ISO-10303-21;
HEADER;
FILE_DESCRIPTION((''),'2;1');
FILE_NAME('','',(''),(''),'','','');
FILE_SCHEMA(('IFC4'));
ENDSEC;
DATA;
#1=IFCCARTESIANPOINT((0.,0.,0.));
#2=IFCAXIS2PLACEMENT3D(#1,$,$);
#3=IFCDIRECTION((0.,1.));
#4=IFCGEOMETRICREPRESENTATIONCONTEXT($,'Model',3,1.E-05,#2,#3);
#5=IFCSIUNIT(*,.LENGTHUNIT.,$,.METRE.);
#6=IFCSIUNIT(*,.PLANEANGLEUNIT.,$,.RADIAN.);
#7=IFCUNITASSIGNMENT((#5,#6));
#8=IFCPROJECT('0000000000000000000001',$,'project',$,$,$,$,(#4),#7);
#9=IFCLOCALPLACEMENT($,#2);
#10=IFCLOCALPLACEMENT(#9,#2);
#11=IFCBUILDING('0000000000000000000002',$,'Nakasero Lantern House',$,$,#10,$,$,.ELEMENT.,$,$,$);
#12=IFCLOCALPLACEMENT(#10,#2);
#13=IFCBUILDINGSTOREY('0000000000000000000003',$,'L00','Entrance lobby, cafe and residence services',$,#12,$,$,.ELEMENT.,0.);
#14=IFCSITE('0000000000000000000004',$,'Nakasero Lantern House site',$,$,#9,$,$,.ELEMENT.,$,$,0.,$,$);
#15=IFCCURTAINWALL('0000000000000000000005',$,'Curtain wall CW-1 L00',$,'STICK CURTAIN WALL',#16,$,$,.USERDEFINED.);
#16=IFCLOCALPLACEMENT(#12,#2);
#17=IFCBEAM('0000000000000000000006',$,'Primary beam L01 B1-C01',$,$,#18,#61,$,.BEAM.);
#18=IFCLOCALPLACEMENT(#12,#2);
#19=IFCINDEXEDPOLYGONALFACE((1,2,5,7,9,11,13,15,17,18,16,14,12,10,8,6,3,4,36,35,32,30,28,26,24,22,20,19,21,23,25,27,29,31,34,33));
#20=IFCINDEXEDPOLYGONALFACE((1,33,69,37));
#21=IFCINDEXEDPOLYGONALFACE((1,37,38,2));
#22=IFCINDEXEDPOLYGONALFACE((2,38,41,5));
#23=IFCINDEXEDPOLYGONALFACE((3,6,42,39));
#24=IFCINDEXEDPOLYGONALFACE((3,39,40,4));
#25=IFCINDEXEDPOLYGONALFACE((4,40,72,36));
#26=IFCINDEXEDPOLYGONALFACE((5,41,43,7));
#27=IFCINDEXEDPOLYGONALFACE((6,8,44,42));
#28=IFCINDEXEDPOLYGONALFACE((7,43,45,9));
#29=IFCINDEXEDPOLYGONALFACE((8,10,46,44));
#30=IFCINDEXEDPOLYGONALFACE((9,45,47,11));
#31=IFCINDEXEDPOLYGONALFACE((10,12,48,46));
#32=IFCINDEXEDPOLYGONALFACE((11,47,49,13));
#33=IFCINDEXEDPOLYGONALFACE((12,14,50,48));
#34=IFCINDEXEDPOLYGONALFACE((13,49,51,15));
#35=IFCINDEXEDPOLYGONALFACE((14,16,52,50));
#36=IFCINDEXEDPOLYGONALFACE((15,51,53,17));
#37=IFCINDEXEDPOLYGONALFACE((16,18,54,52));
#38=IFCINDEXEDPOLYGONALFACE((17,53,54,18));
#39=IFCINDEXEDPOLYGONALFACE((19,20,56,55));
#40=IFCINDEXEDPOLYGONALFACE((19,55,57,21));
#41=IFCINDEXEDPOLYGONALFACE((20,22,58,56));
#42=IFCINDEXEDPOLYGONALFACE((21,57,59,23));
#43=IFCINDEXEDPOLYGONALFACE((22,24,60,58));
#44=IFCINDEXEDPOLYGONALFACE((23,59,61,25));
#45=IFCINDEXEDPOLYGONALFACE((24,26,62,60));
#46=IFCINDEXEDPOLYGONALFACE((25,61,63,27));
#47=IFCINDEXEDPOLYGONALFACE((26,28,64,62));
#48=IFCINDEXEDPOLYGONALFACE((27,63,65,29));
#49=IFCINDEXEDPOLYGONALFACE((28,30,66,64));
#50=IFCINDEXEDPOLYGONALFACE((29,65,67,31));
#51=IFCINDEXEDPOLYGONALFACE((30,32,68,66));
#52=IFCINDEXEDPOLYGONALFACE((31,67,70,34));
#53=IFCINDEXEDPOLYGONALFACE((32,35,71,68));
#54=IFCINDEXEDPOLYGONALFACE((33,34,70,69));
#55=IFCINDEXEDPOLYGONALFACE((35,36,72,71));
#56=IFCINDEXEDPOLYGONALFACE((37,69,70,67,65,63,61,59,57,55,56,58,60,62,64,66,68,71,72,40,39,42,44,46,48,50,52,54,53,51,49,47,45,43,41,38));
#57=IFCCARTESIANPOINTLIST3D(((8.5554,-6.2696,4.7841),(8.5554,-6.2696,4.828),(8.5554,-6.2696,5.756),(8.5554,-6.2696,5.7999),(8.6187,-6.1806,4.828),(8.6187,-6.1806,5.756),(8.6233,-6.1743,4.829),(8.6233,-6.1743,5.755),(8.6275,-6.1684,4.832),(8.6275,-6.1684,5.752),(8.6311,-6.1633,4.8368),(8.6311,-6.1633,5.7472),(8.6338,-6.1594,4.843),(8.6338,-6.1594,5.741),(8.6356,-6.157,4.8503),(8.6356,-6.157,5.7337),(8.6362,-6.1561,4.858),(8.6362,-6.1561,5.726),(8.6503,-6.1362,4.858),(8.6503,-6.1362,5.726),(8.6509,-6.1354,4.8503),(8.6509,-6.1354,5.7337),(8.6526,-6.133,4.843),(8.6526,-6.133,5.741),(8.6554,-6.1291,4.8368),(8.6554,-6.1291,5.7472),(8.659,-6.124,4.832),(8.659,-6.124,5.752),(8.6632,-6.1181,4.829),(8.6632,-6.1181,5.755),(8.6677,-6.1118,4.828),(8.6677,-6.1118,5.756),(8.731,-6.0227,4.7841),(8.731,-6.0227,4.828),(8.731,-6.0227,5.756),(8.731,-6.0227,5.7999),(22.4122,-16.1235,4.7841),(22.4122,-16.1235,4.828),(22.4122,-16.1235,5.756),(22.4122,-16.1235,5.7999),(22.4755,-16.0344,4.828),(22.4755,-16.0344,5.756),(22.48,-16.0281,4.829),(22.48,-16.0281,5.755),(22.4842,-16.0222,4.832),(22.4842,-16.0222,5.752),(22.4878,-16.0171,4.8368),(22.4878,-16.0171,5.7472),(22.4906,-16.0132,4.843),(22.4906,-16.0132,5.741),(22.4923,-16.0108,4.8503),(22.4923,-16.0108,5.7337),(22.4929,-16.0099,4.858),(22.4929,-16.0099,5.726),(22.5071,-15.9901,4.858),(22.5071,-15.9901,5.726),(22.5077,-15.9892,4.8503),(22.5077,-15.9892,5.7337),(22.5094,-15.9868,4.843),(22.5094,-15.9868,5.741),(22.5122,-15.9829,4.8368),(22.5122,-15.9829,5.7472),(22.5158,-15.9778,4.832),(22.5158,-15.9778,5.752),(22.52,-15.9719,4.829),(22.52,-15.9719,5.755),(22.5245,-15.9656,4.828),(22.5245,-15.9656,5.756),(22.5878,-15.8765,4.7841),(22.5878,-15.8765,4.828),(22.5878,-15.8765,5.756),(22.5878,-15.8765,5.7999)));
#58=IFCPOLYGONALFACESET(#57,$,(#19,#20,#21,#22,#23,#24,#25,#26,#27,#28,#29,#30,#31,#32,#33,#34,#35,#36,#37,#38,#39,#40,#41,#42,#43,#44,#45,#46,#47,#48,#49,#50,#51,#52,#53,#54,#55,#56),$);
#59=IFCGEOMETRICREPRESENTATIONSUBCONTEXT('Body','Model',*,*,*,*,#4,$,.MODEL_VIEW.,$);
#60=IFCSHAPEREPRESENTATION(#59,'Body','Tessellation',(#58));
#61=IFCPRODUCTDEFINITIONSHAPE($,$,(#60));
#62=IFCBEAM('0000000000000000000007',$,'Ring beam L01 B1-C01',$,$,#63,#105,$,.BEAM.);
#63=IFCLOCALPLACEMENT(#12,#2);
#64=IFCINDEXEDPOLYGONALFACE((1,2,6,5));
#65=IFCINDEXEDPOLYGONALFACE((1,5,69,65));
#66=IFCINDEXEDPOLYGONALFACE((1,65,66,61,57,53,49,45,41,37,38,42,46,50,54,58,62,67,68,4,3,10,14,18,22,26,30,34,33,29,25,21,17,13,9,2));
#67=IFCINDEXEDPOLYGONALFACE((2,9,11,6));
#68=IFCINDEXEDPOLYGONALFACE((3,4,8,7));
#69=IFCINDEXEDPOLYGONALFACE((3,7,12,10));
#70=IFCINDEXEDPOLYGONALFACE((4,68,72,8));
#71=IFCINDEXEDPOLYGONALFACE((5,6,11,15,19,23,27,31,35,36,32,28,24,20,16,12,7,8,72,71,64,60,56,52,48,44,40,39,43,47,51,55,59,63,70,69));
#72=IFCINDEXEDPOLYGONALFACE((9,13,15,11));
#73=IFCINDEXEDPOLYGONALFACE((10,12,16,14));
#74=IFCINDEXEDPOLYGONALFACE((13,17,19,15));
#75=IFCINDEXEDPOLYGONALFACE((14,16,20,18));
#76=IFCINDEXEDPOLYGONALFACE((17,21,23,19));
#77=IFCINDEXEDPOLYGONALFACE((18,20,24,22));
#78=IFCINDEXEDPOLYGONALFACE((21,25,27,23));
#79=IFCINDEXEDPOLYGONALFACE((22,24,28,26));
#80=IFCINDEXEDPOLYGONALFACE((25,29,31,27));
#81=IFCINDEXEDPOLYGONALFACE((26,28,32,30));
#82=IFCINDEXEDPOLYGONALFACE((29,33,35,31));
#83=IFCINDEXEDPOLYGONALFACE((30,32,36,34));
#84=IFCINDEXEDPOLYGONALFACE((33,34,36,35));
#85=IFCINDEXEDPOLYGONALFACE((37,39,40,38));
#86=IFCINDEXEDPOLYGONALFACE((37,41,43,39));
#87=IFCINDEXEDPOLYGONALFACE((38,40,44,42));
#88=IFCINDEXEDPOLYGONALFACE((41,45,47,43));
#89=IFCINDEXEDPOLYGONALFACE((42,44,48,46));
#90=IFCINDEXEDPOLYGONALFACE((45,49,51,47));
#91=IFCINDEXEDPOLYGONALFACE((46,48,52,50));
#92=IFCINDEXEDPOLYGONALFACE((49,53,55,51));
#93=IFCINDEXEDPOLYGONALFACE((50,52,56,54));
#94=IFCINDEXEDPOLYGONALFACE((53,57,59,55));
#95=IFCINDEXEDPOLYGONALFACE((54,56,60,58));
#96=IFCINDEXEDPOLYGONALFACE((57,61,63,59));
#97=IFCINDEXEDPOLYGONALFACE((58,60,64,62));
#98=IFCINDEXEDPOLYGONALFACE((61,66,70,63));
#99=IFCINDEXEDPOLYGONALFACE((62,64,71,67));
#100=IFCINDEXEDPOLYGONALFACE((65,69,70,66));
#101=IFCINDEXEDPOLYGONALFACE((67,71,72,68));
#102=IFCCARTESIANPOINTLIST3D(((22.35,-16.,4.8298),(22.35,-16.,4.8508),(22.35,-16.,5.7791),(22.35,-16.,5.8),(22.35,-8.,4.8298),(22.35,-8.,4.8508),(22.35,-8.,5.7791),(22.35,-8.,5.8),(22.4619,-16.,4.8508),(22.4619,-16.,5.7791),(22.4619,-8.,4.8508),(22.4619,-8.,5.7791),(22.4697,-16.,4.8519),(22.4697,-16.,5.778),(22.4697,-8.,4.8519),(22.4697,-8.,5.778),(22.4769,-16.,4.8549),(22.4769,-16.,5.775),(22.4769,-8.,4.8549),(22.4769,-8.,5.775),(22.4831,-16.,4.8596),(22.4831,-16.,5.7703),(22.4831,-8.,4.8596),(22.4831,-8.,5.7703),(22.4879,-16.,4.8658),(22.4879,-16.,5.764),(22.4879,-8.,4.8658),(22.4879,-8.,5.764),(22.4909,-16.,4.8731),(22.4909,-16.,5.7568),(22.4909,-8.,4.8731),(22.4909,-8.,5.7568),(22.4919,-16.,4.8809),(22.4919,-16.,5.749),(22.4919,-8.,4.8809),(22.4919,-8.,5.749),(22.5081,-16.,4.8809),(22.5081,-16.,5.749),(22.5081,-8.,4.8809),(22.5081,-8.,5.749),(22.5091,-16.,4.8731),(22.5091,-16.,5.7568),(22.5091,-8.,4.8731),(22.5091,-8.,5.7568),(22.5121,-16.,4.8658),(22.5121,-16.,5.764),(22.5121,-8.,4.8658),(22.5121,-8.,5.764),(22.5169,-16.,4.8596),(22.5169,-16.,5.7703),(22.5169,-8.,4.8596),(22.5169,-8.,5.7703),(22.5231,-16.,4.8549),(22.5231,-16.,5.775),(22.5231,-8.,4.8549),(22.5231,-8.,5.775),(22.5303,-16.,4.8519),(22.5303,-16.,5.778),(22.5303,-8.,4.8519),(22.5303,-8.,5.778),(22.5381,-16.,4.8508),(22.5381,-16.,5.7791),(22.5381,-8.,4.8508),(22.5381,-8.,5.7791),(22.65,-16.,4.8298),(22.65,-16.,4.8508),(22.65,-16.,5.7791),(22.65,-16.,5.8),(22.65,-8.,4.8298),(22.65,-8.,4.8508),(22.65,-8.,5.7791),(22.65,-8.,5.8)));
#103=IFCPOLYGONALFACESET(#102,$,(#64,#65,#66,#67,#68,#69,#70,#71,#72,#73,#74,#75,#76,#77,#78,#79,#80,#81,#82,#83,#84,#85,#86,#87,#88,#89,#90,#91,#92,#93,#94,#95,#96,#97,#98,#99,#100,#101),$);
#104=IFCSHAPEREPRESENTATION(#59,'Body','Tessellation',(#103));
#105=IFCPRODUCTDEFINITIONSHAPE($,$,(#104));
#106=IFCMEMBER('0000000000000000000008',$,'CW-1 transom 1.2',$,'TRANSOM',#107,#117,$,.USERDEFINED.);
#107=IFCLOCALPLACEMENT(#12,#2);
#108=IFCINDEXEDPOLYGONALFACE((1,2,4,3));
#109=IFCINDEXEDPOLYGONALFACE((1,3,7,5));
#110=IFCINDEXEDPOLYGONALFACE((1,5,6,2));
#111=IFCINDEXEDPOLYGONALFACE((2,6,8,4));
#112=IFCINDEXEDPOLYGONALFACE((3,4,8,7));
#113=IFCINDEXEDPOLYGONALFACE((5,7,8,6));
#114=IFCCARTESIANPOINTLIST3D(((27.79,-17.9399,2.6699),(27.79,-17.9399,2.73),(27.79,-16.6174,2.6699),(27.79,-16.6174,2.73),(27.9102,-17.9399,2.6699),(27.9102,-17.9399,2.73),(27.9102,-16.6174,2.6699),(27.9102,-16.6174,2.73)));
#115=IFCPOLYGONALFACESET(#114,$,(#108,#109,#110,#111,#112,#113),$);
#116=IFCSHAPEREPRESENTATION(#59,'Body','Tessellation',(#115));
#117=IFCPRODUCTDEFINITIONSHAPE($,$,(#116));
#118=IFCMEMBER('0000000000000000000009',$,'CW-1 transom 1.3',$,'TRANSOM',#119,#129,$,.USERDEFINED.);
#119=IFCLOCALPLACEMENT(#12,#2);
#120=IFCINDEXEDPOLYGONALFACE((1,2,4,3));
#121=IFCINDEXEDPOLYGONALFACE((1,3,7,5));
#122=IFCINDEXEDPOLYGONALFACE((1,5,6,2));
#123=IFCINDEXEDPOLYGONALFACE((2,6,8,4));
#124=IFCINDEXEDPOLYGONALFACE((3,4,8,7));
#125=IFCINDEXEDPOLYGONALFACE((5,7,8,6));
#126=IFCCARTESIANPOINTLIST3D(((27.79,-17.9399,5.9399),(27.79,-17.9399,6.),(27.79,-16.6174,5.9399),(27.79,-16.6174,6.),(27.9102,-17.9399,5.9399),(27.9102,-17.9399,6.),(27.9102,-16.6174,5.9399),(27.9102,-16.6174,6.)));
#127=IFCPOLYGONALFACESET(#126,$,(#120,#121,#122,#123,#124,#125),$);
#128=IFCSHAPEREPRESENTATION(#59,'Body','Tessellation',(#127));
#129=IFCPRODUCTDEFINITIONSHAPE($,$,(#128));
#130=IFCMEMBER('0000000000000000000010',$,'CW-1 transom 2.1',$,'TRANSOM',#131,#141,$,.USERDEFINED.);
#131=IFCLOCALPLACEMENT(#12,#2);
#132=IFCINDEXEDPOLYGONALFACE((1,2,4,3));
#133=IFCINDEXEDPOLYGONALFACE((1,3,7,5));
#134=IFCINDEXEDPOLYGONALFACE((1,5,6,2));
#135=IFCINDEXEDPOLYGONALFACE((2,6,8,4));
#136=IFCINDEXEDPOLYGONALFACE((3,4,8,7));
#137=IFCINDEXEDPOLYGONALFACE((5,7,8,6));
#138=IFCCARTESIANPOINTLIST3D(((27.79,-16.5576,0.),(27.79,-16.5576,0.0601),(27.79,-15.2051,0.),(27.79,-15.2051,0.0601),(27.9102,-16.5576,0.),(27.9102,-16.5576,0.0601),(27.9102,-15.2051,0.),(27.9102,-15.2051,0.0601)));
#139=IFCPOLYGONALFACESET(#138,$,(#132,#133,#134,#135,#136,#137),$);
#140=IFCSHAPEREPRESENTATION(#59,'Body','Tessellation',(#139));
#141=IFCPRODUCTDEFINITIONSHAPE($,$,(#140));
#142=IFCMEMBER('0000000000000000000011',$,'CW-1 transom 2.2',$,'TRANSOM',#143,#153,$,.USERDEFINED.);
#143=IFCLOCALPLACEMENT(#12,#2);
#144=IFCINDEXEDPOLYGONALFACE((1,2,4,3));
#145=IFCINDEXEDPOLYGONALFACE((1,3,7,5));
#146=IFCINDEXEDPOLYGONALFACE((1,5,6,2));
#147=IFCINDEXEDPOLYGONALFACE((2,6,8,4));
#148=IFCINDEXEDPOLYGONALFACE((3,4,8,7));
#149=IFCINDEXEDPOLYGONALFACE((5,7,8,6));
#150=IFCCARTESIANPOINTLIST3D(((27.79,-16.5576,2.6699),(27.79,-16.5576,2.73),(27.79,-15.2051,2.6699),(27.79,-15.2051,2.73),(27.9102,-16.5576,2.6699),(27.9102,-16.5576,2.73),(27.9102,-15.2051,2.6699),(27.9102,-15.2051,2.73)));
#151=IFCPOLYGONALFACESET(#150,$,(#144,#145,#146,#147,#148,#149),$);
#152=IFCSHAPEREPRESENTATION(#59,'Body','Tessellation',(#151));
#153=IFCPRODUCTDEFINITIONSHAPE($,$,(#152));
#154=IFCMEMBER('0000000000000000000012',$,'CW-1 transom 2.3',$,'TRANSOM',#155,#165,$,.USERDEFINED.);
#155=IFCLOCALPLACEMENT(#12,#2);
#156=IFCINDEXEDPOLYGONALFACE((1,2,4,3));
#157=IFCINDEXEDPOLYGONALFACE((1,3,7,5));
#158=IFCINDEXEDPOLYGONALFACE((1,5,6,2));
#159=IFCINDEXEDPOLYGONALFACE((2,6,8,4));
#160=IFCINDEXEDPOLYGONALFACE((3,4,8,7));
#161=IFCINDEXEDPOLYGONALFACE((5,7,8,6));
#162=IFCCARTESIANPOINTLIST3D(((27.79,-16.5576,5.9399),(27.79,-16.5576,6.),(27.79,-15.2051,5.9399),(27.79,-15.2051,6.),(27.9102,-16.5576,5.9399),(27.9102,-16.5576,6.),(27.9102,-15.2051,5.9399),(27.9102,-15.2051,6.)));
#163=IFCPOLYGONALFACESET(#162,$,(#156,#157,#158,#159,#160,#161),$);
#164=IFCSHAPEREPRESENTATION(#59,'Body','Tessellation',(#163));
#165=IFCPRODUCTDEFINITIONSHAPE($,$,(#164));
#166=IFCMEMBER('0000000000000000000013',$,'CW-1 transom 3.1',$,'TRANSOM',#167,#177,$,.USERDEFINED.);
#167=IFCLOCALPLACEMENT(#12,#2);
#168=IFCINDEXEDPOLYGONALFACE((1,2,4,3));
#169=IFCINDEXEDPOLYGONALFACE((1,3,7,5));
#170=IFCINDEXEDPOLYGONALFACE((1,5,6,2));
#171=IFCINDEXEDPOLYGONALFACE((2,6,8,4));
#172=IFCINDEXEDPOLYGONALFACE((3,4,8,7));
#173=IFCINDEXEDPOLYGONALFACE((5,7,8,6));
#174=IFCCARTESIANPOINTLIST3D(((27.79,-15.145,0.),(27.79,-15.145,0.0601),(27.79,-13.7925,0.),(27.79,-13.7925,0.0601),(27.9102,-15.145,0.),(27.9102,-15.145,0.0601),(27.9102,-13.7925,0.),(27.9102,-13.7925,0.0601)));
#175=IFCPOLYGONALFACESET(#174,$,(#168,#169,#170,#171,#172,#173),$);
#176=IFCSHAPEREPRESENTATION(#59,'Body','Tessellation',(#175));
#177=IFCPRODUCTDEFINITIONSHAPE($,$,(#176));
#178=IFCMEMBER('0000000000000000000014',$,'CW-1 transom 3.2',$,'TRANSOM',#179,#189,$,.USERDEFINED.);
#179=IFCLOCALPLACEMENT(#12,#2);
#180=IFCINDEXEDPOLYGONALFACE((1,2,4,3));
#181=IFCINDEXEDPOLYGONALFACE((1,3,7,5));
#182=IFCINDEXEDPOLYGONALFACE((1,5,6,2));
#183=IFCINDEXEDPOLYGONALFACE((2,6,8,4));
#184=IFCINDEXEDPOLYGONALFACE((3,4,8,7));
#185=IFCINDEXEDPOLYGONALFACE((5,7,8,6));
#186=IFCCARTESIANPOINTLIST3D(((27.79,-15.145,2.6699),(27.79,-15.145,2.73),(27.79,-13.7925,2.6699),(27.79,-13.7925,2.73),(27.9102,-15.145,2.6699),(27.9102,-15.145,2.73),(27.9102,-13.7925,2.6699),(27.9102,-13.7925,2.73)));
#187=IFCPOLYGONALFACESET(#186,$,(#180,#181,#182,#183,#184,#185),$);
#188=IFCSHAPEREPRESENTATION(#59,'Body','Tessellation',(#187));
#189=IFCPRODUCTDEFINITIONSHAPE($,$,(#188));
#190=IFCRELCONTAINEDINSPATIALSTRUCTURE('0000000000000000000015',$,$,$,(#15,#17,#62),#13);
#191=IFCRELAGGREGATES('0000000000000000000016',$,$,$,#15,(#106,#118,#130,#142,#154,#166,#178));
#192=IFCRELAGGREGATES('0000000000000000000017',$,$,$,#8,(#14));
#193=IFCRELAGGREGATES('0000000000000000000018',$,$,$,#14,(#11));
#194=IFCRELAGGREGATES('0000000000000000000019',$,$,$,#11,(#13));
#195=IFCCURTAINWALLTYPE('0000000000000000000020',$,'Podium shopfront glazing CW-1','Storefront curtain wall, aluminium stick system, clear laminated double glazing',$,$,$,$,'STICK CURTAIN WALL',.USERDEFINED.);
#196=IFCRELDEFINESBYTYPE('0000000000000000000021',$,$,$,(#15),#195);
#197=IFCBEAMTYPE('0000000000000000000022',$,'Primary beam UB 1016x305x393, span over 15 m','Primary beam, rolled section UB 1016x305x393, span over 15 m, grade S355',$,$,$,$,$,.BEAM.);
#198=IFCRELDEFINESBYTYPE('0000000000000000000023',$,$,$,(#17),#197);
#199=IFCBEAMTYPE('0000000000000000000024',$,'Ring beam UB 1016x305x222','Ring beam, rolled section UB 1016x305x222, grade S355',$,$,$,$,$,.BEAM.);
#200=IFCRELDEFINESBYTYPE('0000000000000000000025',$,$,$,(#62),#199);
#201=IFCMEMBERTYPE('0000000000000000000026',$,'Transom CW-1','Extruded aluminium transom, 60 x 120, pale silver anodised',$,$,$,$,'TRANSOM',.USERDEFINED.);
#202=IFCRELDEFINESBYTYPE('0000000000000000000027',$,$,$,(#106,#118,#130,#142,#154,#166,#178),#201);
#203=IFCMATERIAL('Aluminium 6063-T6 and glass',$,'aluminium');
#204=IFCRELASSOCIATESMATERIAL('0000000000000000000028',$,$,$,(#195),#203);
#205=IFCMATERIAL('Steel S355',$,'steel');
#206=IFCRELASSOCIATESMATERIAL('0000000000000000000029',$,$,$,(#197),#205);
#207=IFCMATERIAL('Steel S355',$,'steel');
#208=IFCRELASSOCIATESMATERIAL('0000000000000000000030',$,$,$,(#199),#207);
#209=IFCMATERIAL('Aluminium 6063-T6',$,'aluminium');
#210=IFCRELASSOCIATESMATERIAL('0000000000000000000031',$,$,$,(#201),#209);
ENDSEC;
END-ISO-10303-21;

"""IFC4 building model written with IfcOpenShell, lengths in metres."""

from ifc_helpers import new_model, si_unit, direction, frame, origin, origin_2d, place, context, subcontext, project, spatial, rectangle, i_section, extrude, material, material_profile, profile_set, type_object, element, aggregate, save


model = new_model("IFC4")

# Units and contexts
model_context = context("Model", 3, precision=1e-05, world=origin(), true_north=direction((0.0, 1.0)))
body_context = subcontext(model_context, "Body", "Model", "MODEL_VIEW")
ifc_project = project(units=[si_unit("LENGTHUNIT", "METRE"), si_unit("PLANEANGLEUNIT", "RADIAN")], contexts=[model_context])

# Site, building, storey
site_placement = place(None, origin())
site = spatial("IfcSite", under=ifc_project, at=site_placement, Name="Nakasero Lantern House site", CompositionType="ELEMENT", RefElevation=0.0)
building_placement = place(site_placement, origin())
building = spatial("IfcBuilding", under=site, at=building_placement, Name="Nakasero Lantern House", CompositionType="ELEMENT")
storey_placement = place(building_placement, origin())
storey = spatial("IfcBuildingStorey", under=building, at=storey_placement, Name="L00", Description="Entrance lobby, cafe and residence services", CompositionType="ELEMENT", Elevation=0.0)

# Curtain wall
ifc_material_1 = material(Name="Aluminium 6063-T6 and glass", Category="aluminium")
curtain_wall_type = type_object("IfcCurtainWallType", Name="Podium shopfront glazing CW-1", Description="Storefront curtain wall, aluminium stick system, clear laminated double glazing", ElementType="STICK CURTAIN WALL", PredefinedType="USERDEFINED", material=ifc_material_1)
curtain_wall_placement = place(storey_placement, origin())
curtain_wall = element("IfcCurtainWall", 1, at=curtain_wall_placement, inside=storey, type_object=curtain_wall_type, Name="Curtain wall CW-1 L00", ObjectType="STICK CURTAIN WALL", PredefinedType="USERDEFINED")

# Beams
ifc_material_2 = material(Name="Steel S355", Category="steel")
ifc_material_profile_1 = material_profile(ifc_material_2, i_section(OverallWidth=0.303, OverallDepth=1.0159, WebThickness=0.0244, FlangeThickness=0.0439, FilletRadius=0.03, at=origin_2d()), Name="UB 1016x305x393")
ifc_profile_set_1 = profile_set([ifc_material_profile_1], Name="Steel S355")
beam_type_1 = type_object("IfcBeamType", Name="Primary beam UB 1016x305x393, span over 15 m", Description="Primary beam, rolled section UB 1016x305x393, span over 15 m, grade S355", PredefinedType="BEAM", material=ifc_profile_set_1)
beam_1_placement = place(storey_placement, frame((22.5, -16.0, 5.292), z_axis=(-0.814952, 0.579528, 0.0), x_axis=(-0.579528, -0.814952, 0.0)))
element("IfcBeam", 2, at=beam_1_placement, inside=storey, type_object=beam_type_1, Name="Primary beam L01 B1-C01", PredefinedType="BEAM", context=body_context, shape_type="SweptSolid", body=[
    extrude(i_section(OverallWidth=0.303, OverallDepth=1.0159, WebThickness=0.0244, FlangeThickness=0.0439, FilletRadius=0.03, at=origin_2d()), origin(), (0.0, 0.0, 1.0), 17.0032),
])
ifc_material_3 = material(Name="Steel S355", Category="steel")
ifc_material_profile_2 = material_profile(ifc_material_3, i_section(OverallWidth=0.3, OverallDepth=0.9702, WebThickness=0.0161, FlangeThickness=0.021, FilletRadius=0.03, at=origin_2d()), Name="UB 1016x305x222")
ifc_profile_set_2 = profile_set([ifc_material_profile_2], Name="Steel S355")
beam_type_2 = type_object("IfcBeamType", Name="Ring beam UB 1016x305x222", Description="Ring beam, rolled section UB 1016x305x222, grade S355", PredefinedType="BEAM", material=ifc_profile_set_2)
beam_2_placement = place(storey_placement, frame((22.5, -16.0, 5.3149), z_axis=(0.0, 1.0, 0.0), x_axis=(-1.0, 0.0, 0.0)))
element("IfcBeam", 3, at=beam_2_placement, inside=storey, type_object=beam_type_2, Name="Ring beam L01 B1-C01", PredefinedType="BEAM", context=body_context, shape_type="SweptSolid", body=[
    extrude(i_section(OverallWidth=0.3, OverallDepth=0.9702, WebThickness=0.0161, FlangeThickness=0.021, FilletRadius=0.03, at=origin_2d()), origin(), (0.0, 0.0, 1.0), 8.0),
])

# Members
ifc_material_4 = material(Name="Aluminium 6063-T6", Category="aluminium")
ifc_material_profile_3 = material_profile(ifc_material_4, rectangle(XDim=0.0601, YDim=0.1201, at=origin_2d()), Name="CW-1 transom 60x120")
ifc_profile_set_3 = profile_set([ifc_material_profile_3], Name="Aluminium 6063-T6")
member_type_1 = type_object("IfcMemberType", Name="Transom CW-1", Description="Extruded aluminium transom, 60 x 120, pale silver anodised", ElementType="TRANSOM", PredefinedType="USERDEFINED", material=ifc_profile_set_3)
member_1_placement = place(storey_placement, frame((27.8501, -17.9399, 2.7), z_axis=(0.0, 1.0, 0.0), x_axis=(0.0, 0.0, 1.0)))
member_1 = element("IfcMember", 4, at=member_1_placement, type_object=member_type_1, Name="CW-1 transom 1.2", ObjectType="TRANSOM", PredefinedType="USERDEFINED", context=body_context, shape_type="SweptSolid", body=[
    extrude(rectangle(XDim=0.0601, YDim=0.1201, at=origin_2d()), origin(), (0.0, 0.0, 1.0), 1.3225),
])
member_2_placement = place(storey_placement, frame((27.8501, -17.9399, 5.97), z_axis=(0.0, 1.0, 0.0), x_axis=(0.0, 0.0, 1.0)))
member_2 = element("IfcMember", 5, at=member_2_placement, type_object=member_type_1, Name="CW-1 transom 1.3", ObjectType="TRANSOM", PredefinedType="USERDEFINED", context=body_context, shape_type="SweptSolid", body=[
    extrude(rectangle(XDim=0.0601, YDim=0.1201, at=origin_2d()), origin(), (0.0, 0.0, 1.0), 1.3225),
])
member_3_placement = place(storey_placement, frame((27.8501, -16.5576, 0.03), z_axis=(0.0, 1.0, 0.0), x_axis=(0.0, 0.0, 1.0)))
member_3 = element("IfcMember", 6, at=member_3_placement, type_object=member_type_1, Name="CW-1 transom 2.1", ObjectType="TRANSOM", PredefinedType="USERDEFINED", context=body_context, shape_type="SweptSolid", body=[
    extrude(rectangle(XDim=0.0601, YDim=0.1201, at=origin_2d()), origin(), (0.0, 0.0, 1.0), 1.3525),
])
member_4_placement = place(storey_placement, frame((27.8501, -16.5576, 2.7), z_axis=(0.0, 1.0, 0.0), x_axis=(0.0, 0.0, 1.0)))
member_4 = element("IfcMember", 7, at=member_4_placement, type_object=member_type_1, Name="CW-1 transom 2.2", ObjectType="TRANSOM", PredefinedType="USERDEFINED", context=body_context, shape_type="SweptSolid", body=[
    extrude(rectangle(XDim=0.0601, YDim=0.1201, at=origin_2d()), origin(), (0.0, 0.0, 1.0), 1.3525),
])
member_5_placement = place(storey_placement, frame((27.8501, -16.5576, 5.97), z_axis=(0.0, 1.0, 0.0), x_axis=(0.0, 0.0, 1.0)))
member_5 = element("IfcMember", 8, at=member_5_placement, type_object=member_type_1, Name="CW-1 transom 2.3", ObjectType="TRANSOM", PredefinedType="USERDEFINED", context=body_context, shape_type="SweptSolid", body=[
    extrude(rectangle(XDim=0.0601, YDim=0.1201, at=origin_2d()), origin(), (0.0, 0.0, 1.0), 1.3525),
])
member_6_placement = place(storey_placement, frame((27.8501, -15.145, 0.03), z_axis=(0.0, 1.0, 0.0), x_axis=(0.0, 0.0, 1.0)))
member_6 = element("IfcMember", 9, at=member_6_placement, type_object=member_type_1, Name="CW-1 transom 3.1", ObjectType="TRANSOM", PredefinedType="USERDEFINED", context=body_context, shape_type="SweptSolid", body=[
    extrude(rectangle(XDim=0.0601, YDim=0.1201, at=origin_2d()), origin(), (0.0, 0.0, 1.0), 1.3525),
])
member_7_placement = place(storey_placement, frame((27.8501, -15.145, 2.7), z_axis=(0.0, 1.0, 0.0), x_axis=(0.0, 0.0, 1.0)))
member_7 = element("IfcMember", 10, at=member_7_placement, type_object=member_type_1, Name="CW-1 transom 3.2", ObjectType="TRANSOM", PredefinedType="USERDEFINED", context=body_context, shape_type="SweptSolid", body=[
    extrude(rectangle(XDim=0.0601, YDim=0.1201, at=origin_2d()), origin(), (0.0, 0.0, 1.0), 1.3525),
])

aggregate(curtain_wall, [member_1, member_2, member_3, member_4, member_5, member_6, member_7])

save(model, "model.ifc")
